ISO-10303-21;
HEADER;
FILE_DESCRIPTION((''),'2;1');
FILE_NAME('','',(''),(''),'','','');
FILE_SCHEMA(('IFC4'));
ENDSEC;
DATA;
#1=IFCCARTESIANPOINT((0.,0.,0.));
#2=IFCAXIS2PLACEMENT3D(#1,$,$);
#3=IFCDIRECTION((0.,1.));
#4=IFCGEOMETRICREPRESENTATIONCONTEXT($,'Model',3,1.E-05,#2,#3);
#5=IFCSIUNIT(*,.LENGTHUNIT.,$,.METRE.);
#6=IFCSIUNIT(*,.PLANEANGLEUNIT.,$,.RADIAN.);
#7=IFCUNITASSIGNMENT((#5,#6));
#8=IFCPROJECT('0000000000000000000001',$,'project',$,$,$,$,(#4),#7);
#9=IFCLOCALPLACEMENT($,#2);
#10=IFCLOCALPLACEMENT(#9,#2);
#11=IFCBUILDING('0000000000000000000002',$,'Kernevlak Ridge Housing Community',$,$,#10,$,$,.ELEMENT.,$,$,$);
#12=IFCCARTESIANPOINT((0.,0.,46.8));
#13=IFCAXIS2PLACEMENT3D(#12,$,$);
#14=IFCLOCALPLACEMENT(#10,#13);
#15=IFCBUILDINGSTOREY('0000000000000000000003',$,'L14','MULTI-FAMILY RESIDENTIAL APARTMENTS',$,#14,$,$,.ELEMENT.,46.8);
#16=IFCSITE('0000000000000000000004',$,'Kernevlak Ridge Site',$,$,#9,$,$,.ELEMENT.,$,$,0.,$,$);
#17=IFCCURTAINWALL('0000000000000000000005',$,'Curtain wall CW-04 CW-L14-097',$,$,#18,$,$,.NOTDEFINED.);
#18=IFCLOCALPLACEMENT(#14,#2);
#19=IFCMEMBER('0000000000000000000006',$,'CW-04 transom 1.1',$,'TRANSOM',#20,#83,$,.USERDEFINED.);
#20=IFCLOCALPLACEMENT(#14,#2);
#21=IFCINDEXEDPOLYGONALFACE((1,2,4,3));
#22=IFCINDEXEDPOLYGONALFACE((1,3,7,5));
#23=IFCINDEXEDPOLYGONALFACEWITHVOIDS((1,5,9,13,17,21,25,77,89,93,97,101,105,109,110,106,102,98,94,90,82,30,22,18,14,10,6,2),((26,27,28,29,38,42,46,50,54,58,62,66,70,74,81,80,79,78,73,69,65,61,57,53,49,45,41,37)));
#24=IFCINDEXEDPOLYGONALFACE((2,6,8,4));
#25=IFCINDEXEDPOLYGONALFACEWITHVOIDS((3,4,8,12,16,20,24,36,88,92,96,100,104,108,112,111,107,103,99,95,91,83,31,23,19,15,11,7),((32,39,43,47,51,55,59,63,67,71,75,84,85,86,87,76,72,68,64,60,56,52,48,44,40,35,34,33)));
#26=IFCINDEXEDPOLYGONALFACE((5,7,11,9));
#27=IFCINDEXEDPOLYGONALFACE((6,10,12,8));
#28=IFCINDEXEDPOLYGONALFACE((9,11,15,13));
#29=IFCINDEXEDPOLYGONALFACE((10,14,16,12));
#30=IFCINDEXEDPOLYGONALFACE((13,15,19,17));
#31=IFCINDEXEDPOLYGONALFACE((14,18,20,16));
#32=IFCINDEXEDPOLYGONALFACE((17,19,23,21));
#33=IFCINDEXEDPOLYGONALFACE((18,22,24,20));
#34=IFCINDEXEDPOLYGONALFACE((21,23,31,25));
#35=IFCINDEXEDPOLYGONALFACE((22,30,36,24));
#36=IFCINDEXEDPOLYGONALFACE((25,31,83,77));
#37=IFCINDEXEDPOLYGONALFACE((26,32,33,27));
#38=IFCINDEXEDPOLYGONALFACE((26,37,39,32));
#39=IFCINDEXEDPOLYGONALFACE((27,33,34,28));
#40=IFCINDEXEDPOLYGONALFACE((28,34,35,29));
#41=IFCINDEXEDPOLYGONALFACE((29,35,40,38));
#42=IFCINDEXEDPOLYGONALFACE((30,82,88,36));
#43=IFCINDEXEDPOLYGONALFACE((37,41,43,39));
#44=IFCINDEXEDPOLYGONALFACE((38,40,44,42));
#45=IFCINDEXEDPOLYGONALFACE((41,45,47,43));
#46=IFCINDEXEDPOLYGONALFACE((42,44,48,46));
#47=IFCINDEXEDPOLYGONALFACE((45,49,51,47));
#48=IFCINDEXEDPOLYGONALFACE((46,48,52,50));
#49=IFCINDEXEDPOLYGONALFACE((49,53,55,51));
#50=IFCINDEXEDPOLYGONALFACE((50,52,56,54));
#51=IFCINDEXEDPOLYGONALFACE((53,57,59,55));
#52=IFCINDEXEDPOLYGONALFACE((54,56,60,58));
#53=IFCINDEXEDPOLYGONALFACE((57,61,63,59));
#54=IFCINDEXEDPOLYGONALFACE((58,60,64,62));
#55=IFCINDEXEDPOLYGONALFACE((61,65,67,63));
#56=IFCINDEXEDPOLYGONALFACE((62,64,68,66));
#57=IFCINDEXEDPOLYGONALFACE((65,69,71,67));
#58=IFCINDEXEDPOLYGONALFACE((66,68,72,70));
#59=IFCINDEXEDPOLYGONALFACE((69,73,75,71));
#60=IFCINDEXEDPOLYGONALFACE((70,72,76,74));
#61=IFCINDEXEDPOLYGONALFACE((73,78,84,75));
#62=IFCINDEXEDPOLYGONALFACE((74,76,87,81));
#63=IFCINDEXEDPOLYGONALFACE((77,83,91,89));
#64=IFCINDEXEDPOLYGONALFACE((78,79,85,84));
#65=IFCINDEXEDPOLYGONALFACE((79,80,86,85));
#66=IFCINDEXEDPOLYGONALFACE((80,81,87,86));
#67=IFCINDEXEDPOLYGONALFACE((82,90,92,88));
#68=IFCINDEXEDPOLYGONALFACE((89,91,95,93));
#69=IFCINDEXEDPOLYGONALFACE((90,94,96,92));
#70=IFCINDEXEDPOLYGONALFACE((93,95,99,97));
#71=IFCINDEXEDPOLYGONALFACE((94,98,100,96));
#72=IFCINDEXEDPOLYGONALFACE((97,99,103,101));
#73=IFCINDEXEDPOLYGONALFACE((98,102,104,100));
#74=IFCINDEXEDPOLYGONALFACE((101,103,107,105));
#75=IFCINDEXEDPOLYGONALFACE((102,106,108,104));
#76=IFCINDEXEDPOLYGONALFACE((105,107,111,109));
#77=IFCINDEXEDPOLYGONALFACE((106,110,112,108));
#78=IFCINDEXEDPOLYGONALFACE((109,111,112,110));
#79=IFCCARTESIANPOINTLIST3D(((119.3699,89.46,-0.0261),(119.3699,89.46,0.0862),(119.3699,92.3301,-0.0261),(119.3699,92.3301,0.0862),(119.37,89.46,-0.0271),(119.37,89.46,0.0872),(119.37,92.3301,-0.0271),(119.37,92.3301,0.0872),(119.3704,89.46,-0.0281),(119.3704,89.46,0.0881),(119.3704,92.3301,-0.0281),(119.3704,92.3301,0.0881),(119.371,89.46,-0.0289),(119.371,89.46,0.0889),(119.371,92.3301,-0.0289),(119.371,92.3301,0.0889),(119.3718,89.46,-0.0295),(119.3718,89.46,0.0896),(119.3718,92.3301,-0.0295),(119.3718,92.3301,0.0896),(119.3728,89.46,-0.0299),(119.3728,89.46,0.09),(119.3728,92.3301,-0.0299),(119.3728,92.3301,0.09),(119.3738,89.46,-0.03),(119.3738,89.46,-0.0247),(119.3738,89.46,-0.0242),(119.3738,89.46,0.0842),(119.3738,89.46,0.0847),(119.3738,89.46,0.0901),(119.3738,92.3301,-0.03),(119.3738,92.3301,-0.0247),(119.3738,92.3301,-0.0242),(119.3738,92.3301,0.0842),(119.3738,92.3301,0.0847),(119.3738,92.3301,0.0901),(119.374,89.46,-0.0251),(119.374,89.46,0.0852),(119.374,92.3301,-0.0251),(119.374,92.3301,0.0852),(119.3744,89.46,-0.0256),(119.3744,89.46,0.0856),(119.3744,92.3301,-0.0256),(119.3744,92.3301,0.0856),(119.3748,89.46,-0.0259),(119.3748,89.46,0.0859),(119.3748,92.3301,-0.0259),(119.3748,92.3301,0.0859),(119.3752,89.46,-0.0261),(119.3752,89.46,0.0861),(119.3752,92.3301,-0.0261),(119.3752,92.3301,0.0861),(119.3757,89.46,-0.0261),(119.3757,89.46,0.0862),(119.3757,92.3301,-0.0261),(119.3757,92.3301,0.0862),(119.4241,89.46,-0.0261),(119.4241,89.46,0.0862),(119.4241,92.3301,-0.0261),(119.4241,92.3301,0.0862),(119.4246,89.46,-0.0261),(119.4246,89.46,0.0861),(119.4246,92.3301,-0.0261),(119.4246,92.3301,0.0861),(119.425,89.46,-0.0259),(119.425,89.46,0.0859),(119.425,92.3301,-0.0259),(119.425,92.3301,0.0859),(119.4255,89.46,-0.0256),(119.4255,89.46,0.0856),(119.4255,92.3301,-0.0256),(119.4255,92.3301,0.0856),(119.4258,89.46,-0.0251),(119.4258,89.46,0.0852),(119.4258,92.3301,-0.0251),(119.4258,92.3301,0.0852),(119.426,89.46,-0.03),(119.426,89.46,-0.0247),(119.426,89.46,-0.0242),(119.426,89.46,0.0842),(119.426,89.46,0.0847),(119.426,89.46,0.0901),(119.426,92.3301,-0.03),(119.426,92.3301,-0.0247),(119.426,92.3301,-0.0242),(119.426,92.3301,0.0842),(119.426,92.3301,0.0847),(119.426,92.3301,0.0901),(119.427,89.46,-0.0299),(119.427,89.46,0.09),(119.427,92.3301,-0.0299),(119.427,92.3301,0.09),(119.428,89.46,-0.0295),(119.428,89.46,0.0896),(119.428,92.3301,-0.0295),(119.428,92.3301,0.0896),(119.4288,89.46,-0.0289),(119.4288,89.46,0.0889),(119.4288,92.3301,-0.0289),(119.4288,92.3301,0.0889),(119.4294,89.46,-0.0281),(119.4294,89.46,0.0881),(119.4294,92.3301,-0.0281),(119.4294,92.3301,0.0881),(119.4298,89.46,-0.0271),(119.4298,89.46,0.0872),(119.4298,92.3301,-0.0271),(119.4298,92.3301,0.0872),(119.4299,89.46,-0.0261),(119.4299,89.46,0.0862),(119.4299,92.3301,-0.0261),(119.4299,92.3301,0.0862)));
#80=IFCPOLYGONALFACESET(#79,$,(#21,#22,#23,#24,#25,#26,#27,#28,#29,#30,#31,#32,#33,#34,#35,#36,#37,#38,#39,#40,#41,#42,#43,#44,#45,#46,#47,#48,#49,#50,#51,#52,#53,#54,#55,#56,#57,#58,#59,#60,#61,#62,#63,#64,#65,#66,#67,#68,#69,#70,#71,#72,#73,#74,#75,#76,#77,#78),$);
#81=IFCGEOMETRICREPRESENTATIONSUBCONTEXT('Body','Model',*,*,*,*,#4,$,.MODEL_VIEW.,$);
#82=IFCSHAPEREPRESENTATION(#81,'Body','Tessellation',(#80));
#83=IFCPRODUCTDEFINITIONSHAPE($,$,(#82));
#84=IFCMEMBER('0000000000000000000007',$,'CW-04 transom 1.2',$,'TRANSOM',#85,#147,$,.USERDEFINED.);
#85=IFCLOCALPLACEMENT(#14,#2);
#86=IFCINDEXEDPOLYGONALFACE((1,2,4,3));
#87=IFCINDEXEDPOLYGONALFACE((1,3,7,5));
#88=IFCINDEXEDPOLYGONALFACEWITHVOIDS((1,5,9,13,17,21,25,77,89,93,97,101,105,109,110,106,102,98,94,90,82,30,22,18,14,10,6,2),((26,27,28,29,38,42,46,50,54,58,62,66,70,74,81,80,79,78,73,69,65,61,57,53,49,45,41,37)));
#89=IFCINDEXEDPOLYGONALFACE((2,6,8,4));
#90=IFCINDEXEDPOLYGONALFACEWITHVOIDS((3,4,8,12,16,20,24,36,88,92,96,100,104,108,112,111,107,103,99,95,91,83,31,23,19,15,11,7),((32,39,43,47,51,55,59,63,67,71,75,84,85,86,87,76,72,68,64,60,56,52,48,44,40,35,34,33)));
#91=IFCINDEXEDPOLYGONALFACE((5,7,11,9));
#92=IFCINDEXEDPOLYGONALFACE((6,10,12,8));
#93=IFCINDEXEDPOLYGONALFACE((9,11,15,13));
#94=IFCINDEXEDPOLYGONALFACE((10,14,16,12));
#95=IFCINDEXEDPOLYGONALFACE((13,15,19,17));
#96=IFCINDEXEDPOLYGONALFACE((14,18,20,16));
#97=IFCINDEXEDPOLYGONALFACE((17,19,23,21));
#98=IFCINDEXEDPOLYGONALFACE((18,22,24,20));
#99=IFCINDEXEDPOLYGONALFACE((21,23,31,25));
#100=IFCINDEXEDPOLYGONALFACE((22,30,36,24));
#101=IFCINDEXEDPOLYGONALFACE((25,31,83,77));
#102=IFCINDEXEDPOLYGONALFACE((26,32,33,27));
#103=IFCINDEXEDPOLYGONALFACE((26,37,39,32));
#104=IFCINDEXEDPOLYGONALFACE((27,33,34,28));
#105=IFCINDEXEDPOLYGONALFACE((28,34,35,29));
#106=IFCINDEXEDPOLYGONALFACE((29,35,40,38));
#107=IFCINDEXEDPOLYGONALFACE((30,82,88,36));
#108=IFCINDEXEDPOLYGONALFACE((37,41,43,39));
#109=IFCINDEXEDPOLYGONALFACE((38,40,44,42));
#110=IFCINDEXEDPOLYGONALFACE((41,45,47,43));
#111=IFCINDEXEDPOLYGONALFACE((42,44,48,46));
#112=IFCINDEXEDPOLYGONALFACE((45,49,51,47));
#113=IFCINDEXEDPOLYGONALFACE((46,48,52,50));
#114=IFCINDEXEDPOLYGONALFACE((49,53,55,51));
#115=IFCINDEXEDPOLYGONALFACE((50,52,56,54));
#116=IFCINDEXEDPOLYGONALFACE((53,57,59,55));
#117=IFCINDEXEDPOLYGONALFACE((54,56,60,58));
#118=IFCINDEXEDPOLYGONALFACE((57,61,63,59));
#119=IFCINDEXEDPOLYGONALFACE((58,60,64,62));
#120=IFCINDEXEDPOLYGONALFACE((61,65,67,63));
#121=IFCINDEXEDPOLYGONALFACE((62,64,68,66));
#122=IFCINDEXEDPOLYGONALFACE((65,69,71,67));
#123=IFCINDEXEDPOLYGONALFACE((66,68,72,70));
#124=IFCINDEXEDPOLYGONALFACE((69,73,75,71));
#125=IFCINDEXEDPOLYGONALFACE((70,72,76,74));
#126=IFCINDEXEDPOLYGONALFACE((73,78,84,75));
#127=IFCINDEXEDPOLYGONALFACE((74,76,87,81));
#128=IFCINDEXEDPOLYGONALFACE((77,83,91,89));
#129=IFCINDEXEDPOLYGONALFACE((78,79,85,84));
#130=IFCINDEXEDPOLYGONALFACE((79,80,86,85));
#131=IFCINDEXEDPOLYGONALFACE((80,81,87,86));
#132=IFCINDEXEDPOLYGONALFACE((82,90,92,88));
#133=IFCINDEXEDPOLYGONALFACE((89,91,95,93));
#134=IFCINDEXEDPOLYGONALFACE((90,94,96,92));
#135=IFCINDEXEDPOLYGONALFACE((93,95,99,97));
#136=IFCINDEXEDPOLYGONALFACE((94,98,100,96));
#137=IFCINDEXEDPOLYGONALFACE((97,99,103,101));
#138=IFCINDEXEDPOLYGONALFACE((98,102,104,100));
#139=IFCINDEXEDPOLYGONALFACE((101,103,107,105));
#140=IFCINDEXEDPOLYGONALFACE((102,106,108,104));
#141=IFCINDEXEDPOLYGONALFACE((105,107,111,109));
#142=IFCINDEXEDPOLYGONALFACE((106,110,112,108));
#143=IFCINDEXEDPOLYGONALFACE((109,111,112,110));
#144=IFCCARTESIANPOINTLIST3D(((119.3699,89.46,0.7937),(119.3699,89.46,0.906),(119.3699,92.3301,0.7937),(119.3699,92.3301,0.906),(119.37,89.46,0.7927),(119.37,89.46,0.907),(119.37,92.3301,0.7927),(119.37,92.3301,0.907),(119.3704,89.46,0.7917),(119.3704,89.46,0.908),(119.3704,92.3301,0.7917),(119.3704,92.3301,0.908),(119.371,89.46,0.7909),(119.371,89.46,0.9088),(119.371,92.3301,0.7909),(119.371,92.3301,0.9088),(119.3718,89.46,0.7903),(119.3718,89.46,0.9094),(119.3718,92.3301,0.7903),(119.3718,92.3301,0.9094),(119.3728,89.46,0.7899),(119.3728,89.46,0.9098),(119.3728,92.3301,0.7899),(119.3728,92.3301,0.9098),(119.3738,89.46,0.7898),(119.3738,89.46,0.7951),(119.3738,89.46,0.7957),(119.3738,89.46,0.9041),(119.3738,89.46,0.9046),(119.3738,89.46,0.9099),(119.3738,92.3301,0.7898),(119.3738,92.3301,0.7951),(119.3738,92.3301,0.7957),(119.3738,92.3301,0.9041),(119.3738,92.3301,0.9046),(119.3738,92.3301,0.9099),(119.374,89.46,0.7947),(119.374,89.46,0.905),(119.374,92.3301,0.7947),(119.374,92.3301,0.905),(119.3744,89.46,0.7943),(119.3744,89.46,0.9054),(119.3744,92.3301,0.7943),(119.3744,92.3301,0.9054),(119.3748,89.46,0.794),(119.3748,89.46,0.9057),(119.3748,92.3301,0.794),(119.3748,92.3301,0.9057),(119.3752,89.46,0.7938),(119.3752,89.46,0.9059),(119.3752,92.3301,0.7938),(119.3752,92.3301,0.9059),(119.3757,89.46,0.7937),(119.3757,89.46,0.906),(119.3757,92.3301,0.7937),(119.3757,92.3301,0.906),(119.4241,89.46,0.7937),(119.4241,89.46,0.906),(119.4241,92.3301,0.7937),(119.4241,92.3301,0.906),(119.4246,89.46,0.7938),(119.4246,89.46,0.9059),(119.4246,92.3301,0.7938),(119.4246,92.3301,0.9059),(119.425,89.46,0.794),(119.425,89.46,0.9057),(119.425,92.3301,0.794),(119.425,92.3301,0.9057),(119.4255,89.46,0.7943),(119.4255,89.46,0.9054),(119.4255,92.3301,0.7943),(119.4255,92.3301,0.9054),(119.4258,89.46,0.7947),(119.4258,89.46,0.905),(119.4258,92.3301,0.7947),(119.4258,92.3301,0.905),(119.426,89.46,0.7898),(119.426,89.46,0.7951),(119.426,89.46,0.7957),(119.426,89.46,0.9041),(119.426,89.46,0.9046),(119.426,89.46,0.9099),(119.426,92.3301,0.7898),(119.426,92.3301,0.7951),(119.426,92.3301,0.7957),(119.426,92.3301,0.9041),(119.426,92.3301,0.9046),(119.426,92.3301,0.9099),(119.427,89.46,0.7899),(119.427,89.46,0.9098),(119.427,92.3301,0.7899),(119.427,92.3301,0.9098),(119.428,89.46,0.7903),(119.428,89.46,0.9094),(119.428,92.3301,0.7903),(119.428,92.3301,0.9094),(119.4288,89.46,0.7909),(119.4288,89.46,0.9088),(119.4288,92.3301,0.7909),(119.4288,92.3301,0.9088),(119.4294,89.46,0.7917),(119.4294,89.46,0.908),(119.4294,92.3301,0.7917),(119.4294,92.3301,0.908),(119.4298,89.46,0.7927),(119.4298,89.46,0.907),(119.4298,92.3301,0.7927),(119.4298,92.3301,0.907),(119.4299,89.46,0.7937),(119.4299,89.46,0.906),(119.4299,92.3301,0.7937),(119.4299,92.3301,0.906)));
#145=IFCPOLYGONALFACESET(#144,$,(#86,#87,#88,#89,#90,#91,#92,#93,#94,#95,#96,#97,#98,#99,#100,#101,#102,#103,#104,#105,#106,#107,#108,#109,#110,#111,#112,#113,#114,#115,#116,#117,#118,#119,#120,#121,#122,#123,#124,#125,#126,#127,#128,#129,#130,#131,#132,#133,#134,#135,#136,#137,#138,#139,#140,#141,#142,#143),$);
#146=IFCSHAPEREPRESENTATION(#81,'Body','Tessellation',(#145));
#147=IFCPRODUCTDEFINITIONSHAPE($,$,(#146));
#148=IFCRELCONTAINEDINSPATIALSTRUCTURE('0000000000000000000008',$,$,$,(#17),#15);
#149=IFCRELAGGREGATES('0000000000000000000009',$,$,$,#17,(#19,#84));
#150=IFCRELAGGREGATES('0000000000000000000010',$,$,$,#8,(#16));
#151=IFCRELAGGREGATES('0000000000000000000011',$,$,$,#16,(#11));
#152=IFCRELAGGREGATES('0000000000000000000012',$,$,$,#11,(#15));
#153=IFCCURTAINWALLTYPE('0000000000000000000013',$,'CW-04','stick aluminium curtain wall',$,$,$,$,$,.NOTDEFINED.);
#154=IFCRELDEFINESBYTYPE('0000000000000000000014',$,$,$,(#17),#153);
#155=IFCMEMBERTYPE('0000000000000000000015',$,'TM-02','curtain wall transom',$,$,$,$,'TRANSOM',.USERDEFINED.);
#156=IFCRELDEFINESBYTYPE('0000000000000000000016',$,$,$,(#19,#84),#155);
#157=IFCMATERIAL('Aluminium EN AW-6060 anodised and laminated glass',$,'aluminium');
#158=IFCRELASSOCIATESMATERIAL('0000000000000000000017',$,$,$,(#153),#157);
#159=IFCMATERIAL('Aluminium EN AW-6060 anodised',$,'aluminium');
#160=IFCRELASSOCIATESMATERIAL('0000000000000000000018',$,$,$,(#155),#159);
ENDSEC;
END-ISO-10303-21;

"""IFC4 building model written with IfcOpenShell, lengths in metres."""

from ifc_helpers import new_model, si_unit, direction, frame, origin, origin_2d, place, context, subcontext, project, spatial, hollow_rectangle, extrude, material, material_profile, profile_set, type_object, element, aggregate, save


model = new_model("IFC4")

# Units and contexts
model_context = context("Model", 3, precision=1e-05, world=origin(), true_north=direction((0.0, 1.0)))
body_context = subcontext(model_context, "Body", "Model", "MODEL_VIEW")
ifc_project = project(units=[si_unit("LENGTHUNIT", "METRE"), si_unit("PLANEANGLEUNIT", "RADIAN")], contexts=[model_context])

# Site, building, storey
site_placement = place(None, origin())
site = spatial("IfcSite", under=ifc_project, at=site_placement, Name="Kernevlak Ridge Site", CompositionType="ELEMENT", RefElevation=0.0)
building_placement = place(site_placement, origin())
building = spatial("IfcBuilding", under=site, at=building_placement, Name="Kernevlak Ridge Housing Community", CompositionType="ELEMENT")
storey_placement = place(building_placement, frame((0.0, 0.0, 46.8)))
storey = spatial("IfcBuildingStorey", under=building, at=storey_placement, Name="L14", Description="MULTI-FAMILY RESIDENTIAL APARTMENTS", CompositionType="ELEMENT", Elevation=46.8)

# Shared definitions
ifc_material_1 = material(Name="Aluminium EN AW-6060 anodised and laminated glass", Category="aluminium")
ifc_material_2 = material(Name="Aluminium EN AW-6060 anodised", Category="aluminium")

# Curtain wall, members
curtain_wall_type_1 = type_object("IfcCurtainWallType", Name="CW-04", Description="stick aluminium curtain wall", PredefinedType="NOTDEFINED", material=ifc_material_1)
curtain_wall_1_placement = place(storey_placement, origin())
curtain_wall_1 = element("IfcCurtainWall", 1, at=curtain_wall_1_placement, inside=storey, type_object=curtain_wall_type_1, Name="Curtain wall CW-04 CW-L14-097", PredefinedType="NOTDEFINED")
ifc_material_profile_1 = material_profile(ifc_material_2, hollow_rectangle(XDim=0.0601, YDim=0.1201, WallThickness=0.0039, InnerFilletRadius=0.002, OuterFilletRadius=0.0039, at=origin_2d()), Name="ALU 60x120x4")
ifc_profile_set_1 = profile_set([ifc_material_profile_1], Name="Aluminium EN AW-6060 anodised")
member_type_1 = type_object("IfcMemberType", Name="TM-02", Description="curtain wall transom", ElementType="TRANSOM", PredefinedType="USERDEFINED", material=ifc_profile_set_1)
member_1_placement = place(storey_placement, frame((119.3999, 89.46, 0.03), z_axis=(0.0, 1.0, 0.0), x_axis=(-1.0, 0.0, 0.0)))
member_1 = element("IfcMember", 2, at=member_1_placement, type_object=member_type_1, Name="CW-04 transom 1.1", ObjectType="TRANSOM", PredefinedType="USERDEFINED", context=body_context, shape_type="SweptSolid", body=[
    extrude(hollow_rectangle(XDim=0.0601, YDim=0.1201, WallThickness=0.0039, InnerFilletRadius=0.002, OuterFilletRadius=0.0039, at=origin_2d()), origin(), (0.0, 0.0, 1.0), 2.8701),
])
member_2_placement = place(storey_placement, frame((119.3999, 89.46, 0.8499), z_axis=(0.0, 1.0, 0.0), x_axis=(-1.0, 0.0, 0.0)))
member_2 = element("IfcMember", 3, at=member_2_placement, type_object=member_type_1, Name="CW-04 transom 1.2", ObjectType="TRANSOM", PredefinedType="USERDEFINED", context=body_context, shape_type="SweptSolid", body=[
    extrude(hollow_rectangle(XDim=0.0601, YDim=0.1201, WallThickness=0.0039, InnerFilletRadius=0.002, OuterFilletRadius=0.0039, at=origin_2d()), origin(), (0.0, 0.0, 1.0), 2.8701),
])

aggregate(curtain_wall_1, [member_1, member_2])

save(model, "model.ifc")
